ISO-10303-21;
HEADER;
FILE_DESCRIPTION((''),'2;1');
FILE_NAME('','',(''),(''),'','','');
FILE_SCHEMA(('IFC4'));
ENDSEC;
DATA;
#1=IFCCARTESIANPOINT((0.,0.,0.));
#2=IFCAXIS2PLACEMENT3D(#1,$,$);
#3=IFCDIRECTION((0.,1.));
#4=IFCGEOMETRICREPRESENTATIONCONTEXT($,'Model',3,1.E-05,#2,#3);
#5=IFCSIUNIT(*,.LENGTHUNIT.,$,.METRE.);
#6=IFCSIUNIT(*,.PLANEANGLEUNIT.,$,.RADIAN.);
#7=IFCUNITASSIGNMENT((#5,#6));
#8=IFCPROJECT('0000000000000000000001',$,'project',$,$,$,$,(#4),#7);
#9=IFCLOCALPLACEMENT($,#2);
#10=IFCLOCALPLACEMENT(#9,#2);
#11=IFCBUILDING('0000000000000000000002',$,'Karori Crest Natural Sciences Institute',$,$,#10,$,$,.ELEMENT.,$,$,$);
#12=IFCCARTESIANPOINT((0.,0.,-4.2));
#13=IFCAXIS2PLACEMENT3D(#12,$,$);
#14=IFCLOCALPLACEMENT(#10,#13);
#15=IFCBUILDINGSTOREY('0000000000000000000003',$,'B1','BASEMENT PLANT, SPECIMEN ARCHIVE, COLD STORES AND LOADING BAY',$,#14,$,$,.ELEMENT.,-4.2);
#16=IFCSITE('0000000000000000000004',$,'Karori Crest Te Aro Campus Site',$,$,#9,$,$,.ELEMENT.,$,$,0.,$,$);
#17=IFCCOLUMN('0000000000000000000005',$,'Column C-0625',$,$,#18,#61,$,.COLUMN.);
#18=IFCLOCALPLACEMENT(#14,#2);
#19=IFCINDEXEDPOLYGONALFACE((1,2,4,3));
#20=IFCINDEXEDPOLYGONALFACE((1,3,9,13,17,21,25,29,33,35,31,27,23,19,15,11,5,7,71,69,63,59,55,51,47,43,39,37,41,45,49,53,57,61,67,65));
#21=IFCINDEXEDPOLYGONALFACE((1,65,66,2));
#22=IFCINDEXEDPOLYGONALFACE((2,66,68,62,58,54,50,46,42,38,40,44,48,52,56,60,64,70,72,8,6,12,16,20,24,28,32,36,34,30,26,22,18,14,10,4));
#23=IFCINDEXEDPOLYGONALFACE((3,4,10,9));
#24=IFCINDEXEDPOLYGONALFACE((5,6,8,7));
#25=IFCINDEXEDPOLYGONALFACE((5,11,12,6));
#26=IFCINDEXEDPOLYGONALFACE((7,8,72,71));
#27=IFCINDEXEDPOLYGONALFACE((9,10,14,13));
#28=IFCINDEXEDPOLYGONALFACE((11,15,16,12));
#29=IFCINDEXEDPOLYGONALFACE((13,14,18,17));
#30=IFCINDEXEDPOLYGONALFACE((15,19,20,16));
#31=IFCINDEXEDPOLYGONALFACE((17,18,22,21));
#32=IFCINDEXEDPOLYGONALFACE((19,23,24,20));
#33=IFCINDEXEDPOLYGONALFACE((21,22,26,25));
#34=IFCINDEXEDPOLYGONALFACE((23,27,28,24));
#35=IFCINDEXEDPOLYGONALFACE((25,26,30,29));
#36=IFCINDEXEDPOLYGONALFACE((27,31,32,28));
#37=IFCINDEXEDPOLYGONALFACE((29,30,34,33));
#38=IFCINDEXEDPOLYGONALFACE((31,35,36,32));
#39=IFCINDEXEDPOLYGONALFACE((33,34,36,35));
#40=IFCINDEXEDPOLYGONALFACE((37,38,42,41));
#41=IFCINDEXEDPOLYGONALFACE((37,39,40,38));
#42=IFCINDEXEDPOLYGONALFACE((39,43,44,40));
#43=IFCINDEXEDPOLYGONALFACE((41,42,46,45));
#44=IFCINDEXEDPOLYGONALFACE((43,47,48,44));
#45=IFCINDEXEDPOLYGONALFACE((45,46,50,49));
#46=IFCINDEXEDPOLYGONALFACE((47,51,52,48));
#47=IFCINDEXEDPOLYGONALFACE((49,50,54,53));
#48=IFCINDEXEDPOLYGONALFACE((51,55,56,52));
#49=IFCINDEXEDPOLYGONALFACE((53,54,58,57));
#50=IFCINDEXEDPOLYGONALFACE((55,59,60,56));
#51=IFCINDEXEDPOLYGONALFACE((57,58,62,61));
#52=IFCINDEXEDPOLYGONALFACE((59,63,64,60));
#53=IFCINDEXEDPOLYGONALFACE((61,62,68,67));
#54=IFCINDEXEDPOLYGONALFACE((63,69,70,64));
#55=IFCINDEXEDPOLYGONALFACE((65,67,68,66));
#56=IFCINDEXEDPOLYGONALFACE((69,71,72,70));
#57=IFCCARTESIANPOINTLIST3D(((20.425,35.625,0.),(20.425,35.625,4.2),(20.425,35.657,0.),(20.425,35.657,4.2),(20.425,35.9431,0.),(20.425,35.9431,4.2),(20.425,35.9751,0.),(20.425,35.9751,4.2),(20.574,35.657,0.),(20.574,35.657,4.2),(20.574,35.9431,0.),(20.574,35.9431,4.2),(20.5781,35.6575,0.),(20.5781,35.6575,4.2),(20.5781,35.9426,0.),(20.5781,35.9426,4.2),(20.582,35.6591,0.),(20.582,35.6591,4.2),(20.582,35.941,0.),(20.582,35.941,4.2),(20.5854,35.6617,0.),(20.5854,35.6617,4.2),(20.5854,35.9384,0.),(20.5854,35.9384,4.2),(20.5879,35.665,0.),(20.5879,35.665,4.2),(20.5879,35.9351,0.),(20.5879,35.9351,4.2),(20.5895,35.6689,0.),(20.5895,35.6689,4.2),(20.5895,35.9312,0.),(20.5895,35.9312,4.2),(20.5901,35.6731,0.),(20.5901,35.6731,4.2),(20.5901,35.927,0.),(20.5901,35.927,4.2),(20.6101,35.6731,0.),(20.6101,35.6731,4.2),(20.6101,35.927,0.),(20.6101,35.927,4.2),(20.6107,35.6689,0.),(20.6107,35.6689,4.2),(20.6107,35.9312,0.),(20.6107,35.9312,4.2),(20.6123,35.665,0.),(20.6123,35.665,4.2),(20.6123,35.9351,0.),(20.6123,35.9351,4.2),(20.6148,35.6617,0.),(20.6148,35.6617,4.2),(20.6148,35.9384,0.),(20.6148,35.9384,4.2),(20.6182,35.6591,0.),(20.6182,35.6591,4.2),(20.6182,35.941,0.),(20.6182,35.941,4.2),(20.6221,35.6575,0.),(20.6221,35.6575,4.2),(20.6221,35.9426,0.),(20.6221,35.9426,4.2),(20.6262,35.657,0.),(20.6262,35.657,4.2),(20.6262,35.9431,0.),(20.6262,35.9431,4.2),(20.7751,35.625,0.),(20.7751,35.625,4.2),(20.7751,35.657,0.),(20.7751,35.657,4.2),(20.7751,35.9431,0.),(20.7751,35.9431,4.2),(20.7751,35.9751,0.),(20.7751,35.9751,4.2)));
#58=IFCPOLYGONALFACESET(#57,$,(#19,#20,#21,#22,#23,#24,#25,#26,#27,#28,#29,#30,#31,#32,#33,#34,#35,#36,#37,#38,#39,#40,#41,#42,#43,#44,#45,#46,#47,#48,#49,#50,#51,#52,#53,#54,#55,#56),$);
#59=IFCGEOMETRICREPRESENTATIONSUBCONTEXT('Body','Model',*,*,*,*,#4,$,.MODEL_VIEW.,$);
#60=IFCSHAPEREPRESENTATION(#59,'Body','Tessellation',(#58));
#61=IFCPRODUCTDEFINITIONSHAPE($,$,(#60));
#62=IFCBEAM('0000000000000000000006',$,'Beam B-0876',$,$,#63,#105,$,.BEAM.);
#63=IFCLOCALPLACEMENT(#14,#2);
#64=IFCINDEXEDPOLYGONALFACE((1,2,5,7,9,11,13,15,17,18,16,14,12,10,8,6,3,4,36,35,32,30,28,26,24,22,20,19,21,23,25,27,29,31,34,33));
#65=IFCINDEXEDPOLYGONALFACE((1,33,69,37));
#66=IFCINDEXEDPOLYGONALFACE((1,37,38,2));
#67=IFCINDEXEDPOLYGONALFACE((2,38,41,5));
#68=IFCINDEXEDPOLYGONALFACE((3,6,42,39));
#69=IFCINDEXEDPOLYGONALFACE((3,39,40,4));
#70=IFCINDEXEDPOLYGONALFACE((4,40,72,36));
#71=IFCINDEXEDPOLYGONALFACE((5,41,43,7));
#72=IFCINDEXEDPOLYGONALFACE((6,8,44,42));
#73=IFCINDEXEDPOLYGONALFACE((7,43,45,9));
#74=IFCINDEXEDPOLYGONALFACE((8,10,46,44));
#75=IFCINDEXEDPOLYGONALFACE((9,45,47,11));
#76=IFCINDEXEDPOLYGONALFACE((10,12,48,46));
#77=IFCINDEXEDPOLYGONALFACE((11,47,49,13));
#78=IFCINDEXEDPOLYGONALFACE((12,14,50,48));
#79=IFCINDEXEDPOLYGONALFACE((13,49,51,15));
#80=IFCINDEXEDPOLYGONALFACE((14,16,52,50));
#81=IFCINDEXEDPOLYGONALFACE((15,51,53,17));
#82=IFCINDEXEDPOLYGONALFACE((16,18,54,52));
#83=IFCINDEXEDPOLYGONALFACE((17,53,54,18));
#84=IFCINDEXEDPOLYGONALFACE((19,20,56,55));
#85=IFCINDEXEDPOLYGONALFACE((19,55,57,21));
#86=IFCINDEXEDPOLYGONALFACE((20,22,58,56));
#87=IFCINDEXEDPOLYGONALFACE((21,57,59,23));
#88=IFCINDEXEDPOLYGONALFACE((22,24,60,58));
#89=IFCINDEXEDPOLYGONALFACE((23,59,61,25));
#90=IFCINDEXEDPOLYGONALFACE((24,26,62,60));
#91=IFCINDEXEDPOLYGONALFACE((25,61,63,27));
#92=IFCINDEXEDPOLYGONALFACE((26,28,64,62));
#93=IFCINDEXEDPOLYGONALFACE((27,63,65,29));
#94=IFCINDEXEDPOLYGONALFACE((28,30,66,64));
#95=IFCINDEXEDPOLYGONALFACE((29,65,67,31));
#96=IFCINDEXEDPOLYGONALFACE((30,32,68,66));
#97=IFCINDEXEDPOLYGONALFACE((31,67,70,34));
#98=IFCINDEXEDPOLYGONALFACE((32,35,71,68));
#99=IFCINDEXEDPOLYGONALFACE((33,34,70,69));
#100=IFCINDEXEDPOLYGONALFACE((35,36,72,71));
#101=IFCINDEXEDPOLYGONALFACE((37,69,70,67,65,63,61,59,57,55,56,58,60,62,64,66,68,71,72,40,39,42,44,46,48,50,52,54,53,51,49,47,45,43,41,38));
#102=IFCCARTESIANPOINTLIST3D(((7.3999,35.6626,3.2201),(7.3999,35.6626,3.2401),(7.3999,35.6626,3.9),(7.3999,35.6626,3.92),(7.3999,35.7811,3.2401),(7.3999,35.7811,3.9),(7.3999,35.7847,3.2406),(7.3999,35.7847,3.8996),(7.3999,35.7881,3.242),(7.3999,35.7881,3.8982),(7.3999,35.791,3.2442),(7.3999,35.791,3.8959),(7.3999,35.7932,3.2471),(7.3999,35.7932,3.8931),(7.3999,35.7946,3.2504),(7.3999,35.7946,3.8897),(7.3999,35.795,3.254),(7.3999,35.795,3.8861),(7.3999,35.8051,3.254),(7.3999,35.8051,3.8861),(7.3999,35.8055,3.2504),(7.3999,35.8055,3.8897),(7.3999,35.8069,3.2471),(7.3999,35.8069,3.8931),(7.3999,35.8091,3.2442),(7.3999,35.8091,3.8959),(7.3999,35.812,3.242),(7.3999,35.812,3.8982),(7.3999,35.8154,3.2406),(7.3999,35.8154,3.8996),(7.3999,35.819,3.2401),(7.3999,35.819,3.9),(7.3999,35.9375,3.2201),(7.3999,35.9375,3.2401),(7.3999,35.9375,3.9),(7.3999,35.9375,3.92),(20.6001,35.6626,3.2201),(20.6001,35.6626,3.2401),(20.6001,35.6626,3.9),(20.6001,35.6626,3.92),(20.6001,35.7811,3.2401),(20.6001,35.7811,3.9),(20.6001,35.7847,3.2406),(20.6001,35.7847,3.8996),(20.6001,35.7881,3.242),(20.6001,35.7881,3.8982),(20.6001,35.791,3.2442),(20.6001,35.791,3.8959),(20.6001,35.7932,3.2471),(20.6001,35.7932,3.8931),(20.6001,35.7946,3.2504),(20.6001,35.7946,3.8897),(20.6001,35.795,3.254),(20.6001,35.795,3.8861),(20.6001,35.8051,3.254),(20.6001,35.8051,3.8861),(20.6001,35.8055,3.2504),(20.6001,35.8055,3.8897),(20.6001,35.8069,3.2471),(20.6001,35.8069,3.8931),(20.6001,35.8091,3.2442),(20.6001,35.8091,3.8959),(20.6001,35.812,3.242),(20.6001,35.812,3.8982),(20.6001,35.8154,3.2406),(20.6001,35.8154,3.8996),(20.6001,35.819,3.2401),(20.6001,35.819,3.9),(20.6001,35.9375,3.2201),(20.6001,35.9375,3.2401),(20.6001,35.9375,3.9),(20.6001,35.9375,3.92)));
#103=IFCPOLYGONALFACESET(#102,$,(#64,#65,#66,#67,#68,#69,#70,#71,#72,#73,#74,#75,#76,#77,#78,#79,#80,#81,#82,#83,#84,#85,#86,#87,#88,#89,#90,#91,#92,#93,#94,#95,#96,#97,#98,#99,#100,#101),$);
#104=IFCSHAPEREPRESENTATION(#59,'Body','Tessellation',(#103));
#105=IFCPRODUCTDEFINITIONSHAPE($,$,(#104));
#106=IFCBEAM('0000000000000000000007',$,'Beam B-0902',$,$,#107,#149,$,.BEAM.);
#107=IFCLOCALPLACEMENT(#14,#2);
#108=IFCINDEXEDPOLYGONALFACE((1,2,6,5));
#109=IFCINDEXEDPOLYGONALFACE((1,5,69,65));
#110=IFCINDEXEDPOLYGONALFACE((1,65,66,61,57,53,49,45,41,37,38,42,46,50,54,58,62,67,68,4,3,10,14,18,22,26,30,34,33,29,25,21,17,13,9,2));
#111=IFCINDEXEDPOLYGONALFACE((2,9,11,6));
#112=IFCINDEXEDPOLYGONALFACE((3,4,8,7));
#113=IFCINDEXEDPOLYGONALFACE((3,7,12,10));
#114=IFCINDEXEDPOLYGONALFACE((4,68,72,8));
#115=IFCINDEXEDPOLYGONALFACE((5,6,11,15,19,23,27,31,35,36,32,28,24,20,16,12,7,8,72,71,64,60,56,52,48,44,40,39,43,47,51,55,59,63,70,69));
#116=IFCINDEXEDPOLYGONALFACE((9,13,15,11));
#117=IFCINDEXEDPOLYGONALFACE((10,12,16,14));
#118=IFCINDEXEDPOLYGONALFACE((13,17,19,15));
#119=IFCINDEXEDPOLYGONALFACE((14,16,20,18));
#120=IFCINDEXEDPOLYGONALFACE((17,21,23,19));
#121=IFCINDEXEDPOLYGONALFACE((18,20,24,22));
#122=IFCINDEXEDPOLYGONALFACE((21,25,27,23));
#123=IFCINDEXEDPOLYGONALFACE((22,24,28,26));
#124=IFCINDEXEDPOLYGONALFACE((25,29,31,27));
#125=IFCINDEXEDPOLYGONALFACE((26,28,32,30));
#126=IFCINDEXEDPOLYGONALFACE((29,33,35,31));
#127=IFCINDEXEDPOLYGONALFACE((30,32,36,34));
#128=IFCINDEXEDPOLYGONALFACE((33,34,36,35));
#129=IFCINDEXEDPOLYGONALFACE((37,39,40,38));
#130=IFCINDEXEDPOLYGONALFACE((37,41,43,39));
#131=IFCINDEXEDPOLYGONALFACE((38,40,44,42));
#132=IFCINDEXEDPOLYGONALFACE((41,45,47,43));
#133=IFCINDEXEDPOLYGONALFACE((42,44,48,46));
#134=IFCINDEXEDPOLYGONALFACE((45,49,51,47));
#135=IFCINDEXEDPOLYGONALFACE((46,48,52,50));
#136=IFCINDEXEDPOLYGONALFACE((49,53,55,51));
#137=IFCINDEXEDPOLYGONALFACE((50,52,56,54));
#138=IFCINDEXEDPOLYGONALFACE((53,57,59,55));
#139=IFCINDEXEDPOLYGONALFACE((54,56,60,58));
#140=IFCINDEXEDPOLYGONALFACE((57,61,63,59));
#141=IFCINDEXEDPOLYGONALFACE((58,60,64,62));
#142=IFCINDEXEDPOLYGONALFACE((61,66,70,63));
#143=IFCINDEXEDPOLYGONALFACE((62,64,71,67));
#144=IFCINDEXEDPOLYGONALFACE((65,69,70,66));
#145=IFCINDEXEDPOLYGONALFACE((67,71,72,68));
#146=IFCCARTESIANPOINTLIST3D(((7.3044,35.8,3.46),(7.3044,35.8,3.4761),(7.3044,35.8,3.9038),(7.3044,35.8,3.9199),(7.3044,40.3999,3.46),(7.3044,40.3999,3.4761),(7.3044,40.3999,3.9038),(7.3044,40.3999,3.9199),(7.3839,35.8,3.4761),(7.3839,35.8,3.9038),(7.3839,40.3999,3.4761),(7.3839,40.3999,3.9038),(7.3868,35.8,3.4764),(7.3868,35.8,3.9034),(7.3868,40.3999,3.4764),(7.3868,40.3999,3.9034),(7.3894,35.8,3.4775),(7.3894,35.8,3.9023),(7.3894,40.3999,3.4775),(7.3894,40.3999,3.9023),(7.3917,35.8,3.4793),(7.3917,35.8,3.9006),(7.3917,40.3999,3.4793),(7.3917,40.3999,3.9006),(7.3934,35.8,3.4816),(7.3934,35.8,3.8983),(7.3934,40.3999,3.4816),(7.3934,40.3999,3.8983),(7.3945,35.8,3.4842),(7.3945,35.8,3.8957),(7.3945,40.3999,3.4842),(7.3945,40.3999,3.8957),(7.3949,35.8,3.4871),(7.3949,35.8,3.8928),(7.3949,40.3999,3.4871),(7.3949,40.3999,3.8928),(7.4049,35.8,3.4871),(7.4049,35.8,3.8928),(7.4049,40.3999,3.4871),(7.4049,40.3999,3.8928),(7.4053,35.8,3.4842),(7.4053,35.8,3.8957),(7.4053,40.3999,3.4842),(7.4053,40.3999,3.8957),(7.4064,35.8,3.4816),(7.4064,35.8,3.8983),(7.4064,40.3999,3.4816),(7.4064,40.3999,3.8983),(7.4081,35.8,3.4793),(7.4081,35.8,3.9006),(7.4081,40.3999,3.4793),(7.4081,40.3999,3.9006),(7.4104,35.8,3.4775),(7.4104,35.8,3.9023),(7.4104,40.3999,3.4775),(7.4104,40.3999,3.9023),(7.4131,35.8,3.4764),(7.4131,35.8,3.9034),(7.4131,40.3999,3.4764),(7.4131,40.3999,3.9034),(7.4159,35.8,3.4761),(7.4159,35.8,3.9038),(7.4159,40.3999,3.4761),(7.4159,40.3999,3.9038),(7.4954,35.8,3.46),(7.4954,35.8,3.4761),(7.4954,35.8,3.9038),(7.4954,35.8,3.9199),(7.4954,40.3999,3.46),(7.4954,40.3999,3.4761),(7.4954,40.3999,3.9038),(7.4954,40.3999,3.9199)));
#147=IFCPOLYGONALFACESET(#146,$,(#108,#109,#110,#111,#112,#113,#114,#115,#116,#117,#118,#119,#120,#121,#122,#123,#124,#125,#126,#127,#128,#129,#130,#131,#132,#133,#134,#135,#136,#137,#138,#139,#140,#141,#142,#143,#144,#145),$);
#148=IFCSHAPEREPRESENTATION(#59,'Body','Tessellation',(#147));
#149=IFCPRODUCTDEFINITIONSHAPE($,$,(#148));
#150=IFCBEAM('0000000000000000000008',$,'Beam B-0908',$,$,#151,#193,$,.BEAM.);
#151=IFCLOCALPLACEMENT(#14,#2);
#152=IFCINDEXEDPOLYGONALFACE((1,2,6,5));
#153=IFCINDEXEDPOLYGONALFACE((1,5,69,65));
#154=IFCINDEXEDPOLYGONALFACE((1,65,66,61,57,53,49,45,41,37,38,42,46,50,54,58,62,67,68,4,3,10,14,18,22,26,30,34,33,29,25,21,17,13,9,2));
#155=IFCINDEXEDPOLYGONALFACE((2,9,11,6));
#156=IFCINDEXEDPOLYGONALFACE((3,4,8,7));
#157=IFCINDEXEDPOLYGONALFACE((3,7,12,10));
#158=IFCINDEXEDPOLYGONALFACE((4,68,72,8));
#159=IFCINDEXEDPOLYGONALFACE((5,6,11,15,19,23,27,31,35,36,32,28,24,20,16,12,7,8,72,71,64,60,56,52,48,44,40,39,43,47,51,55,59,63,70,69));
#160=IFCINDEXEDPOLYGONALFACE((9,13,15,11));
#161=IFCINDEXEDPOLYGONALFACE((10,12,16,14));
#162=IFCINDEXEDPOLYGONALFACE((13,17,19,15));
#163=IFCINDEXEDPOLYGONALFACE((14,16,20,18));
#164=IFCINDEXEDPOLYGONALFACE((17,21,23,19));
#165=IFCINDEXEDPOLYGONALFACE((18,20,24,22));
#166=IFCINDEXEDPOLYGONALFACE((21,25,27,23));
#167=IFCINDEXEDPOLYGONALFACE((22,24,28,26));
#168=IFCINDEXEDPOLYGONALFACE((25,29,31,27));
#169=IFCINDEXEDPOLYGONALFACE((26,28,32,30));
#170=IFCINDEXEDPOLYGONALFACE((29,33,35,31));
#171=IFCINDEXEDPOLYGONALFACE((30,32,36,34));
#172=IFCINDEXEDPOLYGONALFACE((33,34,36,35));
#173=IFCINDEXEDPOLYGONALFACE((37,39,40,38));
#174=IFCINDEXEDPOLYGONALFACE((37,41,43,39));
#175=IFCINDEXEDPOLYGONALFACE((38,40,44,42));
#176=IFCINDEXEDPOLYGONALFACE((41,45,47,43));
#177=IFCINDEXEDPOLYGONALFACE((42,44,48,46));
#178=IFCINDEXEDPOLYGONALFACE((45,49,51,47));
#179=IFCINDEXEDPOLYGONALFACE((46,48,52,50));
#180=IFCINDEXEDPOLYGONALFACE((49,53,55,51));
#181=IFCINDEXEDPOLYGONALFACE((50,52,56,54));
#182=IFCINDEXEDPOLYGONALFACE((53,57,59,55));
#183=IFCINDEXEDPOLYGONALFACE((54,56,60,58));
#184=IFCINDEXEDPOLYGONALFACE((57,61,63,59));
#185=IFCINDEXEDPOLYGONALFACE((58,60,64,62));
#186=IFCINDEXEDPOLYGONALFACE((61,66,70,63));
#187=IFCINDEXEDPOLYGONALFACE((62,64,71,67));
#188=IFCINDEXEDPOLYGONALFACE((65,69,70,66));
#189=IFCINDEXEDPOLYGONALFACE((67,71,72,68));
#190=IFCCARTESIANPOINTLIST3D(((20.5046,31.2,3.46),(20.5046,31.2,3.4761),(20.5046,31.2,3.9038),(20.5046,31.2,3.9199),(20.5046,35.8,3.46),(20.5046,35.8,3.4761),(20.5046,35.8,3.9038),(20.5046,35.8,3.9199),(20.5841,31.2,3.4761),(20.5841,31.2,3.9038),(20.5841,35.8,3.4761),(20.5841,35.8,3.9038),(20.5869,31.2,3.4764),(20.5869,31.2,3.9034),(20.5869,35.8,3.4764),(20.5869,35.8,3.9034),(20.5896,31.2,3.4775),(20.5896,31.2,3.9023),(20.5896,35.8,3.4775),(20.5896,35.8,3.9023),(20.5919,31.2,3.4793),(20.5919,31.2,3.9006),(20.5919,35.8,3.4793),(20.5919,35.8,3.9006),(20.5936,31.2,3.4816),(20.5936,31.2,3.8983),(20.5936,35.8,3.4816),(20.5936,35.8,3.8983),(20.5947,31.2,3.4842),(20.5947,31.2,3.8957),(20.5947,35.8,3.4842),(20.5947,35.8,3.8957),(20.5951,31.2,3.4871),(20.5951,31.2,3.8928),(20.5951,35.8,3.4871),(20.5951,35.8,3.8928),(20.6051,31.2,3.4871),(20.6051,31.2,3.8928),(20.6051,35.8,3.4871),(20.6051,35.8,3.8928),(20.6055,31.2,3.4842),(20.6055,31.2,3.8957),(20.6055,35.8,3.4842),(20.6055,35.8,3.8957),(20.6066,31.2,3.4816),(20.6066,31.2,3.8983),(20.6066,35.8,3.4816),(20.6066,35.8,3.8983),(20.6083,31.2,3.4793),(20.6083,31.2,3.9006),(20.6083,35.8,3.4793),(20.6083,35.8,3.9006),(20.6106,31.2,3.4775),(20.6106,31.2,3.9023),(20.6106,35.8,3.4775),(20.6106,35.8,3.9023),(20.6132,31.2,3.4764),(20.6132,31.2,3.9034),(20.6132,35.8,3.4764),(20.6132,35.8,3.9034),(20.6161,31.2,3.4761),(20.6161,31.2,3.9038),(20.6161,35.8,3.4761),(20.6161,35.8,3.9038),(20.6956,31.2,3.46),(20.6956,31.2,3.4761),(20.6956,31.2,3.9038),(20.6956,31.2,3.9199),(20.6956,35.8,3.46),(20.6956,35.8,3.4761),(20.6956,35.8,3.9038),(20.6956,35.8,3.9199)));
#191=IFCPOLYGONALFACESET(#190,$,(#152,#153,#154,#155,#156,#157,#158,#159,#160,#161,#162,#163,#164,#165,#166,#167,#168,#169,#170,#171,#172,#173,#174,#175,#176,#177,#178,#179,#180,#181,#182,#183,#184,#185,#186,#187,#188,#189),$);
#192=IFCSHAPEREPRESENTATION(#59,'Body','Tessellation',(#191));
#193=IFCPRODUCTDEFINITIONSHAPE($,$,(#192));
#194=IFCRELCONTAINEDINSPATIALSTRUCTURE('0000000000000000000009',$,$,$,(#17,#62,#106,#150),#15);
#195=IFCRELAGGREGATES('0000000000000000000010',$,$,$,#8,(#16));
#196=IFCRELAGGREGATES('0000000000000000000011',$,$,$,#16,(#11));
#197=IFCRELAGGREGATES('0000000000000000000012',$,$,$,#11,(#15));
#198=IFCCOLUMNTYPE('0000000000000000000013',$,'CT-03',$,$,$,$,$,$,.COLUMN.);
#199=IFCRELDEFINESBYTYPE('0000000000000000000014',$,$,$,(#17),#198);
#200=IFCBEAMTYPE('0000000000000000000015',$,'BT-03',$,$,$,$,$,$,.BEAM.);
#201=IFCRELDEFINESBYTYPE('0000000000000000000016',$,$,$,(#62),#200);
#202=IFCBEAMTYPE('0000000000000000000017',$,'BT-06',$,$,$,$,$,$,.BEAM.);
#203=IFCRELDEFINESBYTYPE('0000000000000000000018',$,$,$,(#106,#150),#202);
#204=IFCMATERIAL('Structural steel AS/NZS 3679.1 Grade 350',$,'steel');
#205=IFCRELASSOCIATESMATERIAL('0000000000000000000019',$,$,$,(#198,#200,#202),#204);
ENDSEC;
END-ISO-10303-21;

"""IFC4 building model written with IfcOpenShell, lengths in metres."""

from ifc_helpers import new_model, si_unit, direction, frame, origin, origin_2d, place, context, subcontext, project, spatial, i_section, extrude, material, material_profile, profile_set, type_object, element, save


model = new_model("IFC4")

# Units and contexts
model_context = context("Model", 3, precision=1e-05, world=origin(), true_north=direction((0.0, 1.0)))
body_context = subcontext(model_context, "Body", "Model", "MODEL_VIEW")
ifc_project = project(units=[si_unit("LENGTHUNIT", "METRE"), si_unit("PLANEANGLEUNIT", "RADIAN")], contexts=[model_context])

# Site, building, storey
site_placement = place(None, origin())
site = spatial("IfcSite", under=ifc_project, at=site_placement, Name="Karori Crest Te Aro Campus Site", CompositionType="ELEMENT", RefElevation=0.0)
building_placement = place(site_placement, origin())
building = spatial("IfcBuilding", under=site, at=building_placement, Name="Karori Crest Natural Sciences Institute", CompositionType="ELEMENT")
storey_placement = place(building_placement, frame((0.0, 0.0, -4.2)))
storey = spatial("IfcBuildingStorey", under=building, at=storey_placement, Name="B1", Description="BASEMENT PLANT, SPECIMEN ARCHIVE, COLD STORES AND LOADING BAY", CompositionType="ELEMENT", Elevation=-4.2)

# Column
ifc_material_1 = material(Name="Structural steel AS/NZS 3679.1 Grade 350", Category="steel")
ifc_material_profile_1 = material_profile(ifc_material_1, i_section(OverallWidth=0.3501, OverallDepth=0.3501, WebThickness=0.02, FlangeThickness=0.032, FilletRadius=0.0161, at=origin_2d()), Name="350WC280")
ifc_profile_set_1 = profile_set([ifc_material_profile_1], Name="Structural steel AS/NZS 3679.1 Grade 350")
column_type_1 = type_object("IfcColumnType", Name="CT-03", PredefinedType="COLUMN", material=ifc_profile_set_1)
for number, where, z_axis, x_axis, name in (
    (1, (20.6001, 35.8, 0.0), (0.0, 0.0, 1.0), (1.0, 0.0, 0.0), "Column C-0625"),
):
    element("IfcColumn", number, at=place(storey_placement, frame(where, z_axis=z_axis, x_axis=x_axis)), inside=storey, type_object=column_type_1, Name=name, PredefinedType="COLUMN", context=body_context, shape_type="SweptSolid", body=[
        extrude(i_section(OverallWidth=0.3501, OverallDepth=0.3501, WebThickness=0.02, FlangeThickness=0.032, FilletRadius=0.0161, at=origin_2d()), origin(), (0.0, 0.0, 1.0), 4.2),
    ])

# Beams
ifc_material_profile_2 = material_profile(ifc_material_1, i_section(OverallWidth=0.2749, OverallDepth=0.7, WebThickness=0.01, FlangeThickness=0.02, FilletRadius=0.0139, at=origin_2d()), Name="700WB150")
ifc_profile_set_2 = profile_set([ifc_material_profile_2], Name="Structural steel AS/NZS 3679.1 Grade 350")
beam_type_1 = type_object("IfcBeamType", Name="BT-03", PredefinedType="BEAM", material=ifc_profile_set_2)
beam_1_placement = place(storey_placement, frame((7.3999, 35.8, 3.5701), z_axis=(1.0, 0.0, 0.0), x_axis=(0.0, 1.0, 0.0)))
element("IfcBeam", 2, at=beam_1_placement, inside=storey, type_object=beam_type_1, Name="Beam B-0876", PredefinedType="BEAM", context=body_context, shape_type="SweptSolid", body=[
    extrude(i_section(OverallWidth=0.2749, OverallDepth=0.7, WebThickness=0.01, FlangeThickness=0.02, FilletRadius=0.0139, at=origin_2d()), origin(), (0.0, 0.0, 1.0), 13.2002),
])
ifc_material_profile_3 = material_profile(ifc_material_1, i_section(OverallWidth=0.1909, OverallDepth=0.46, WebThickness=0.01, FlangeThickness=0.0161, FilletRadius=0.011, at=origin_2d()), Name="460UB82.1")
ifc_profile_set_3 = profile_set([ifc_material_profile_3], Name="Structural steel AS/NZS 3679.1 Grade 350")
beam_type_2 = type_object("IfcBeamType", Name="BT-06", PredefinedType="BEAM", material=ifc_profile_set_3)
beam_2_placement = place(storey_placement, frame((7.3999, 35.8, 3.6899), z_axis=(0.0, 1.0, 0.0), x_axis=(-1.0, 0.0, 0.0)))
element("IfcBeam", 3, at=beam_2_placement, inside=storey, type_object=beam_type_2, Name="Beam B-0902", PredefinedType="BEAM", context=body_context, shape_type="SweptSolid", body=[
    extrude(i_section(OverallWidth=0.1909, OverallDepth=0.46, WebThickness=0.01, FlangeThickness=0.0161, FilletRadius=0.011, at=origin_2d()), origin(), (0.0, 0.0, 1.0), 4.5999),
])
beam_3_placement = place(storey_placement, frame((20.6001, 31.2, 3.6899), z_axis=(0.0, 1.0, 0.0), x_axis=(-1.0, 0.0, 0.0)))
element("IfcBeam", 4, at=beam_3_placement, inside=storey, type_object=beam_type_2, Name="Beam B-0908", PredefinedType="BEAM", context=body_context, shape_type="SweptSolid", body=[
    extrude(i_section(OverallWidth=0.1909, OverallDepth=0.46, WebThickness=0.01, FlangeThickness=0.0161, FilletRadius=0.011, at=origin_2d()), origin(), (0.0, 0.0, 1.0), 4.6001),
])

save(model, "model.ifc")
